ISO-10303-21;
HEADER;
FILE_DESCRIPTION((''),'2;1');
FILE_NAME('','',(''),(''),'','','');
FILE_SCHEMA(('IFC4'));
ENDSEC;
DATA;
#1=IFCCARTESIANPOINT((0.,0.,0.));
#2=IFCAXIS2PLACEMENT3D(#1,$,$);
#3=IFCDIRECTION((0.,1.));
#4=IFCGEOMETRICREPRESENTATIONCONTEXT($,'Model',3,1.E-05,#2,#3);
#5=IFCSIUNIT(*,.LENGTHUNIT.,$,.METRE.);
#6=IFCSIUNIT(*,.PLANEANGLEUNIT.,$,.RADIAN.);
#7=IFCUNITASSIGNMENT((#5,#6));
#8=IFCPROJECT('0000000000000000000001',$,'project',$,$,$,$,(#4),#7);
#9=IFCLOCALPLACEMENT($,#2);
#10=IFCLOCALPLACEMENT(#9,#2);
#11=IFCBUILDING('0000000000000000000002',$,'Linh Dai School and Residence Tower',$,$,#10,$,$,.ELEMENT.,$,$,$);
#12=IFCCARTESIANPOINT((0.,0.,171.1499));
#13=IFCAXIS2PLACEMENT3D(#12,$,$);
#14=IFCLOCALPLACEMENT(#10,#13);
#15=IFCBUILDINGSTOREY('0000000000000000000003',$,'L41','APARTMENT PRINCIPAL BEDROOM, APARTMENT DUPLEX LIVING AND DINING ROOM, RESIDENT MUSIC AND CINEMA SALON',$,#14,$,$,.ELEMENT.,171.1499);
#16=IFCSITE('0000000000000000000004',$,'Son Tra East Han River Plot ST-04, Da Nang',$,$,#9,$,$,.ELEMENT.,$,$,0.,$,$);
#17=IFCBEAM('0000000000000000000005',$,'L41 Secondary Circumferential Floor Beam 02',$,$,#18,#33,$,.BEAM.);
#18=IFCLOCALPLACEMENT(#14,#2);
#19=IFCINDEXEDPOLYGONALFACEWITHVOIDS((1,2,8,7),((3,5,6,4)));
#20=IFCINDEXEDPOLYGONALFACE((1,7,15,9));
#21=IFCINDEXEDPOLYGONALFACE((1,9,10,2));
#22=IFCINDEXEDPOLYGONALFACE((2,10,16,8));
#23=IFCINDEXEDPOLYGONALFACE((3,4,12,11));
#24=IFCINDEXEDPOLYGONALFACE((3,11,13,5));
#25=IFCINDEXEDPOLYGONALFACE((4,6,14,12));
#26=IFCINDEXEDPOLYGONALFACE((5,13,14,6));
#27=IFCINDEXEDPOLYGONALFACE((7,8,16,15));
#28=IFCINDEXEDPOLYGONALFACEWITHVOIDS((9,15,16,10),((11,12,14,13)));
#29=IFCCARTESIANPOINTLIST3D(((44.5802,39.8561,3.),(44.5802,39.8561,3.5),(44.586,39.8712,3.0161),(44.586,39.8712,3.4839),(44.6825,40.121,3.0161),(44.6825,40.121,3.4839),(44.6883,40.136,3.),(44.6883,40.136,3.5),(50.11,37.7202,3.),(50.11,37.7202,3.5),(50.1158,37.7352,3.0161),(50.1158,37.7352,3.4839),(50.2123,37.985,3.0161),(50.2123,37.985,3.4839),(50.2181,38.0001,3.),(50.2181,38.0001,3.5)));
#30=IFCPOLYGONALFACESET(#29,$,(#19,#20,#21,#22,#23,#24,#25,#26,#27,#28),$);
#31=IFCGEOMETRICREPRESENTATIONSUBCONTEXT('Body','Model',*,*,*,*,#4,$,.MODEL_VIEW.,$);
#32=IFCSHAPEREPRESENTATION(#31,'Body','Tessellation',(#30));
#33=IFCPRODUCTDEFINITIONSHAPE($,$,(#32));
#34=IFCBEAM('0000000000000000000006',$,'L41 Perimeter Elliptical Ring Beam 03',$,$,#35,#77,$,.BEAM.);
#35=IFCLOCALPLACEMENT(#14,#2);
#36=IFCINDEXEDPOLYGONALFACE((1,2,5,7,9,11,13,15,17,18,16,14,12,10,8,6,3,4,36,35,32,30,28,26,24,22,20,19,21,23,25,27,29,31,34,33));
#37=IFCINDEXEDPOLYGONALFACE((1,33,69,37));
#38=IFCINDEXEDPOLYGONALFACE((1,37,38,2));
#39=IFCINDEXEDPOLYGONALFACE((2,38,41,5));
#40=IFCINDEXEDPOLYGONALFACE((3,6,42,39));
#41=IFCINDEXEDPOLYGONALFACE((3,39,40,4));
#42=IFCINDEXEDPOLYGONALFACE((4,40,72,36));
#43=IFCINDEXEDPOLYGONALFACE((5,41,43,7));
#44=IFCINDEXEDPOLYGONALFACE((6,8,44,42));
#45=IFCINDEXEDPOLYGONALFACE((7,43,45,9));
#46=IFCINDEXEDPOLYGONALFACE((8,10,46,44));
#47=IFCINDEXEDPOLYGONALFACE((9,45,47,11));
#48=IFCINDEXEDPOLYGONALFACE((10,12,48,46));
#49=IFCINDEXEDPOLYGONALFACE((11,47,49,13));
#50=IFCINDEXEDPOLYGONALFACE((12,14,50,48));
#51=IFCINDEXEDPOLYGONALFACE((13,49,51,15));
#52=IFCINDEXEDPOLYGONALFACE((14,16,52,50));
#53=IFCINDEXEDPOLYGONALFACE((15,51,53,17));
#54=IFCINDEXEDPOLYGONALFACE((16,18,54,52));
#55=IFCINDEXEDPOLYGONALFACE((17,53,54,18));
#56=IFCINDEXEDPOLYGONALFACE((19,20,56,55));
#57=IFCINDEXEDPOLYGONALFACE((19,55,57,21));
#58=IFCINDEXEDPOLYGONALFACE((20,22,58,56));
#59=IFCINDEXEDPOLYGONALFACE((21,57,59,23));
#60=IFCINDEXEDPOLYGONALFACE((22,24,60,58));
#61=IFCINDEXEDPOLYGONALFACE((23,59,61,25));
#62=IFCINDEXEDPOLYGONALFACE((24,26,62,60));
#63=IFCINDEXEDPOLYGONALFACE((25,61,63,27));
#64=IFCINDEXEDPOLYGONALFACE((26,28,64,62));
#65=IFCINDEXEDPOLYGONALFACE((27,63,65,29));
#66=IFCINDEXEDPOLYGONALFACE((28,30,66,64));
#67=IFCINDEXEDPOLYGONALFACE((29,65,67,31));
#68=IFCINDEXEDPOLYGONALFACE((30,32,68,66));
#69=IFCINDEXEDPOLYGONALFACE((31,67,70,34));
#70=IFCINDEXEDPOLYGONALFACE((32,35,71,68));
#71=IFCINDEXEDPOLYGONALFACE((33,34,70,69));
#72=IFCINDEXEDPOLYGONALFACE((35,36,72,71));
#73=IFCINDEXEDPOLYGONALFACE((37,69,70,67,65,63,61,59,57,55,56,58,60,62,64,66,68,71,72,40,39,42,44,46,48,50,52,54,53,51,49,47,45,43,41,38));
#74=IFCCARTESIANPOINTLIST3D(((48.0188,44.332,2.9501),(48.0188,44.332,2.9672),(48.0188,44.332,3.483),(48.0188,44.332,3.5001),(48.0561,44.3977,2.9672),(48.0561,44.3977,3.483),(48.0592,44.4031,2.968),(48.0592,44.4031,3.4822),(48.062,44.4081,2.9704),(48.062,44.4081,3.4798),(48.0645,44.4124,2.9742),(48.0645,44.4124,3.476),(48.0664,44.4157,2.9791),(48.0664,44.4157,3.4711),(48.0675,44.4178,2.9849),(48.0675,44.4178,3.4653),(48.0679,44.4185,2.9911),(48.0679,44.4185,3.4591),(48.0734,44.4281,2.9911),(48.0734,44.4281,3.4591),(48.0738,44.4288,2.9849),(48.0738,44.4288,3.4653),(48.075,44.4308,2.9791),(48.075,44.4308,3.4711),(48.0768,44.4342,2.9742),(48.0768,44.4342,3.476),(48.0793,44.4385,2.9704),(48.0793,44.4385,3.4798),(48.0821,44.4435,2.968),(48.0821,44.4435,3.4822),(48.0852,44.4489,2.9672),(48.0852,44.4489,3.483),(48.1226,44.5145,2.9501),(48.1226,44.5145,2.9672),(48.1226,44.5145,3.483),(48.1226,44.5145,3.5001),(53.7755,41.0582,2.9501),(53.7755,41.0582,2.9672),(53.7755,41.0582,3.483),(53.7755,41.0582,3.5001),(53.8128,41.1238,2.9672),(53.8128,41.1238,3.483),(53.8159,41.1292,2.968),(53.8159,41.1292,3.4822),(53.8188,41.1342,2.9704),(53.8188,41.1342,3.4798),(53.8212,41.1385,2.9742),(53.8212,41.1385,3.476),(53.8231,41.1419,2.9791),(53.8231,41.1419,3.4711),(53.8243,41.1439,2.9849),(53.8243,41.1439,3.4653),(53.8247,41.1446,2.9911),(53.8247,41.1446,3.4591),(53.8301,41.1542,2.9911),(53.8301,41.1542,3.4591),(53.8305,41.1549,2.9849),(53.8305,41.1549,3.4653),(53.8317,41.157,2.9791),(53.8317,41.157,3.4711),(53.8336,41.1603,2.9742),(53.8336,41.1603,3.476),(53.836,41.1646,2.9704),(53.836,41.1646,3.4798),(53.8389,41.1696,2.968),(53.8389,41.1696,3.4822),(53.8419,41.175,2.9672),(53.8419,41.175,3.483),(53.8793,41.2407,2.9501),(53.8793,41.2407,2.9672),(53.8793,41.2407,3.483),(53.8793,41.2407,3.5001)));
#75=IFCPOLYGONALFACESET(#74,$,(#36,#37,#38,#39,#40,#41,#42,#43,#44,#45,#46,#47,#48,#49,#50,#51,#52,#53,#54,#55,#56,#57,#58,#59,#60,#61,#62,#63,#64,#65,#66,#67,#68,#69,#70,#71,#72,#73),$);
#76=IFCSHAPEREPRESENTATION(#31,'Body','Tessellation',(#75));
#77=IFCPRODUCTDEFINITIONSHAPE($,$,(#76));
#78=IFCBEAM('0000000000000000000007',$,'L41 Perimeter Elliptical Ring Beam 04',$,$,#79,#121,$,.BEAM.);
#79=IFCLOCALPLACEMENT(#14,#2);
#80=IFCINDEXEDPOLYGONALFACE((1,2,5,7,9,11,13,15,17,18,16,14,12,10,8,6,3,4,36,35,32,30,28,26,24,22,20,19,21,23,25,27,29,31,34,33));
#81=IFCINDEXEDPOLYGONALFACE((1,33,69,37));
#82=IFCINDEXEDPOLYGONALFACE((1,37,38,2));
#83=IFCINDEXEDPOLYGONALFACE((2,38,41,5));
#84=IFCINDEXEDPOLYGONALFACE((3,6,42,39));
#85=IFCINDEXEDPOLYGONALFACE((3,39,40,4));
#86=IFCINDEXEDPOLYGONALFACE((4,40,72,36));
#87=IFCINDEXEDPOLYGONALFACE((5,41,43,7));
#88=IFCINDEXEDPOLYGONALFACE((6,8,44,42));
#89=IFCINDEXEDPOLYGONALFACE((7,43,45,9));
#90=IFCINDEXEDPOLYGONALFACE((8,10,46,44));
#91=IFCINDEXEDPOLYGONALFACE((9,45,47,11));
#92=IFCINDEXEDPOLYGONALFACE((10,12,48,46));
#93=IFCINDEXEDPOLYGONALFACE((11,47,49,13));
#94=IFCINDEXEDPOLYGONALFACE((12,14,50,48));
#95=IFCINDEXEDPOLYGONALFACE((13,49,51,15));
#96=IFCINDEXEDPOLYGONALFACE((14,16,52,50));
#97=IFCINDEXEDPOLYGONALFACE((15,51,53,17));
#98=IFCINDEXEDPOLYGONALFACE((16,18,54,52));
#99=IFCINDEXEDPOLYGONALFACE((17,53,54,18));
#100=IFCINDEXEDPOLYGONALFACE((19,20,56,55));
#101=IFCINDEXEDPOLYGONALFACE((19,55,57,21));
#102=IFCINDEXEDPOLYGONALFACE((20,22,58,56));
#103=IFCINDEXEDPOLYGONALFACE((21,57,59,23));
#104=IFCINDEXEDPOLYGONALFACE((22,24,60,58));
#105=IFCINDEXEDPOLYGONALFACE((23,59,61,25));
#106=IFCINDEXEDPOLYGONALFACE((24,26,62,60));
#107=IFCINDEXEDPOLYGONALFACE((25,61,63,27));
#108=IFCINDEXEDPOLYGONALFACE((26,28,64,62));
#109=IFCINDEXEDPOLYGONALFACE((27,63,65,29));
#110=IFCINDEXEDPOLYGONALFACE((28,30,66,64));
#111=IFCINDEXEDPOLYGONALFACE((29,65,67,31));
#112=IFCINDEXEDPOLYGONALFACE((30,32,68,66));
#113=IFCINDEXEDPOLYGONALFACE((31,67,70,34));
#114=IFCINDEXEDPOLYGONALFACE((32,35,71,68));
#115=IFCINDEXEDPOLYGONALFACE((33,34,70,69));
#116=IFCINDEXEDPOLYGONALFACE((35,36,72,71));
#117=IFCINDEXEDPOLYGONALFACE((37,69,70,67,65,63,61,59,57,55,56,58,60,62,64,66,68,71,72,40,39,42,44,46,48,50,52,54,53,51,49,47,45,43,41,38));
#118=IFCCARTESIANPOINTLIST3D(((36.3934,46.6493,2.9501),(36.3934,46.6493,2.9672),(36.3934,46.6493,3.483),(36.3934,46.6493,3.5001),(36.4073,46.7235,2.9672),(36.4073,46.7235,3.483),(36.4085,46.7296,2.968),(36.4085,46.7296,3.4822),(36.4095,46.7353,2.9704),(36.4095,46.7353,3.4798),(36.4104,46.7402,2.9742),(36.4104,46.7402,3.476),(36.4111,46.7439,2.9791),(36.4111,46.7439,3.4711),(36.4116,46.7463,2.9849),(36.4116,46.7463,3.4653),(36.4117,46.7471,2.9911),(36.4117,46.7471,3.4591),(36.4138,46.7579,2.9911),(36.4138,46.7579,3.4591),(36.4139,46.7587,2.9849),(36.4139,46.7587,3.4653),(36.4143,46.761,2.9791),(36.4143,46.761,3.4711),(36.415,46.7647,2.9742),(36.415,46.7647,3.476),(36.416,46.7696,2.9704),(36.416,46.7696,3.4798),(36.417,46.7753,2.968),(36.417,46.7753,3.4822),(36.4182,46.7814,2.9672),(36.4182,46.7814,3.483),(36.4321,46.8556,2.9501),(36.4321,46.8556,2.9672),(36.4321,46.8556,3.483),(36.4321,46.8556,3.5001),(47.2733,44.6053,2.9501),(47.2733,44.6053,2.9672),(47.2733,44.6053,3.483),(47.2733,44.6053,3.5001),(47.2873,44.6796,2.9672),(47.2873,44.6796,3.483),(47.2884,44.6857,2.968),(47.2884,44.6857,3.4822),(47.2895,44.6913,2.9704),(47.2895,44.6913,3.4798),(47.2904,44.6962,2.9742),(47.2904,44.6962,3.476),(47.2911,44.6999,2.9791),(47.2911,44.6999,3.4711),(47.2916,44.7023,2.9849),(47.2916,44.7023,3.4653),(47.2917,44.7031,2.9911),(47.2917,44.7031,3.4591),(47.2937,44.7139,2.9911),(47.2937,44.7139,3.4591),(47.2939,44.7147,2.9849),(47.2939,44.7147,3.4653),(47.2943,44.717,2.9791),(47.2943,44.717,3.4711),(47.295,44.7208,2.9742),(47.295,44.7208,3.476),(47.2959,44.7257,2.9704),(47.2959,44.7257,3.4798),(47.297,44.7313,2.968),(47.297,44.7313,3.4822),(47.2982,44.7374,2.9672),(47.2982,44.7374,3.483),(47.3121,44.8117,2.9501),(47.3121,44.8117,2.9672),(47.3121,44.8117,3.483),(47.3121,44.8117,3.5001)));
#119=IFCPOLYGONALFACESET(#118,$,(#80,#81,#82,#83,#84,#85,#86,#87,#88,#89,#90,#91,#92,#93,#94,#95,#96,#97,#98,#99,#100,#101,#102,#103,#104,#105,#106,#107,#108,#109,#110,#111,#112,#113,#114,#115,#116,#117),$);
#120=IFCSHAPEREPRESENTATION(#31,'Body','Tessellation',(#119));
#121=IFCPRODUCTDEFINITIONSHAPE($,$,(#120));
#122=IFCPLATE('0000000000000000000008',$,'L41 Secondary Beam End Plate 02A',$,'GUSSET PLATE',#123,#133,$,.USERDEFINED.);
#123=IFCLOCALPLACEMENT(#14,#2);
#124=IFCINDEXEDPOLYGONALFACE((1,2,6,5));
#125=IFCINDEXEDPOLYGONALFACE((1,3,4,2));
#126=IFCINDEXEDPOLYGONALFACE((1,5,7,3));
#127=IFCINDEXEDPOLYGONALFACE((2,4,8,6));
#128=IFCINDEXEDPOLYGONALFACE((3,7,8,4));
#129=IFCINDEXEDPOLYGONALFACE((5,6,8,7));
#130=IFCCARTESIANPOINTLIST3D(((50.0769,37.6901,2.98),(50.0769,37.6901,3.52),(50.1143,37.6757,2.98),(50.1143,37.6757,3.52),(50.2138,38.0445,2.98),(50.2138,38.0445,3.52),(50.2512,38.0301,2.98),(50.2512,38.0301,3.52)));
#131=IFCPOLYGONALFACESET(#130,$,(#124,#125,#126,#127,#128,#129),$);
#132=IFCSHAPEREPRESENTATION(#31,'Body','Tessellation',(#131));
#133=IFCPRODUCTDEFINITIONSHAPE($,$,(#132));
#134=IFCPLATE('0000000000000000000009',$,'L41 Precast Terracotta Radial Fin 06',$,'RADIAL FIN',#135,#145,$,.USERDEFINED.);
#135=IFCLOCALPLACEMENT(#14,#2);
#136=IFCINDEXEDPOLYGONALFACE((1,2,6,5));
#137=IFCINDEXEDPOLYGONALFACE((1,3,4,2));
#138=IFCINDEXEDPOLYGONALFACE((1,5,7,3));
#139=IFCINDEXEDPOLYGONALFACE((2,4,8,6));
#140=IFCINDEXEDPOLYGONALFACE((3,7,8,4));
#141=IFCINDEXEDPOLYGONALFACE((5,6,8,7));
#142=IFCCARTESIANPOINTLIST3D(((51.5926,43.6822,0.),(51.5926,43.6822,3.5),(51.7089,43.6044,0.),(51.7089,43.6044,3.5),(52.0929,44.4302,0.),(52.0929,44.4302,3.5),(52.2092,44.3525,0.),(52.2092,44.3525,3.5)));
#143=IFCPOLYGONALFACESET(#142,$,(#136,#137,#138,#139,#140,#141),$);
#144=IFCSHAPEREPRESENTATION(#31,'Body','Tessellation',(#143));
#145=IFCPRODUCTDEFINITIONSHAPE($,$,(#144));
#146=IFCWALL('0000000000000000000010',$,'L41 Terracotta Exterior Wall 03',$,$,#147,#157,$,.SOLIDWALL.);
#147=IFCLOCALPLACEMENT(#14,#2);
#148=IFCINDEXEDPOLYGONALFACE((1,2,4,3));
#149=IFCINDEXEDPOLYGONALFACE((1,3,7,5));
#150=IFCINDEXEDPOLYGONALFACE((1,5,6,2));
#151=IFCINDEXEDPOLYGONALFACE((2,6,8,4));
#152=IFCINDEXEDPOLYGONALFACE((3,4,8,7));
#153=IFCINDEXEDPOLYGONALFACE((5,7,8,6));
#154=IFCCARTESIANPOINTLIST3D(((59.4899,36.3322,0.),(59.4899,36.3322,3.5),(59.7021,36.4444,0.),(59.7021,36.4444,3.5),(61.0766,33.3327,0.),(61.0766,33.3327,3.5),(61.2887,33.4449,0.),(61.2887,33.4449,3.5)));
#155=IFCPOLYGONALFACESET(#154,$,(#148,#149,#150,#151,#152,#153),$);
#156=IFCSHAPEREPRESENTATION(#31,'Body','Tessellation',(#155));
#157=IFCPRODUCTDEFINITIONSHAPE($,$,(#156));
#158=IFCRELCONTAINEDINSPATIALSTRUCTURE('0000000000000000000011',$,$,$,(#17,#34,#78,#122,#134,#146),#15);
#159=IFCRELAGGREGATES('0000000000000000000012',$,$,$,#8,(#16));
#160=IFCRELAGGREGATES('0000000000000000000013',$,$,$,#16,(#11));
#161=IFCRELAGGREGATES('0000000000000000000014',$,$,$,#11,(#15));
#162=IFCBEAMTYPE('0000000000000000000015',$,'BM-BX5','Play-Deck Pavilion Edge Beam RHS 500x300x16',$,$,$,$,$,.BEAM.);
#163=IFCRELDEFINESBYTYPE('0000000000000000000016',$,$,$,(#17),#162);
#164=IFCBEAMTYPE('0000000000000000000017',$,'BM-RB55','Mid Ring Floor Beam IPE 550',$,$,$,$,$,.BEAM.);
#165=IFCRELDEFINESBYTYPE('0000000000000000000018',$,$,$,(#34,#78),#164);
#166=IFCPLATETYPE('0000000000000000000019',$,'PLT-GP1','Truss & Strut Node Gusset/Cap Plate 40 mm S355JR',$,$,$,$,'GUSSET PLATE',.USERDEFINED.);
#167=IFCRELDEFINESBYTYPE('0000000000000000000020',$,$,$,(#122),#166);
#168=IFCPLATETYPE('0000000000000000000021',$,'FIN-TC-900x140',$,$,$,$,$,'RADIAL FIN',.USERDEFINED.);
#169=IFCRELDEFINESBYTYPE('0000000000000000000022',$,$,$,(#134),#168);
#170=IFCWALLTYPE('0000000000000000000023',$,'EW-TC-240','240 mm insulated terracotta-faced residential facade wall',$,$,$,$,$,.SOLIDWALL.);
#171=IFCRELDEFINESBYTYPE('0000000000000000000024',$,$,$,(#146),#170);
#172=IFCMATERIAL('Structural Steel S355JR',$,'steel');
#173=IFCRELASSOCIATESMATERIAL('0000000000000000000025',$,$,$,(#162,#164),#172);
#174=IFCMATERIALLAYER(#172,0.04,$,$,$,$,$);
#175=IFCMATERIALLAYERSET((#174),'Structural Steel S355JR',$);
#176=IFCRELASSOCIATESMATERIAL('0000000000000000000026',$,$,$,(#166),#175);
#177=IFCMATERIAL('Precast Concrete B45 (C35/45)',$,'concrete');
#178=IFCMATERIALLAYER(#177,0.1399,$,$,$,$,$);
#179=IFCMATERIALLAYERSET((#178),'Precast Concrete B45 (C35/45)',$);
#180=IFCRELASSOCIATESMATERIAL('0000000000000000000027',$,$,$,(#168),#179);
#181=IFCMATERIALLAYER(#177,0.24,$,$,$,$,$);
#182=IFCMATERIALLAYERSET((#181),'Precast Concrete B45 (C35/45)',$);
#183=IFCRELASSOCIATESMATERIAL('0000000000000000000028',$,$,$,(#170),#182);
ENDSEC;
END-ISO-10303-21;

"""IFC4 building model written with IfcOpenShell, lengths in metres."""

from ifc_helpers import new_model, si_unit, direction, frame, frame_2d, origin, origin_2d, place, context, subcontext, project, spatial, rectangle, hollow_rectangle, i_section, extrude, source, transform, mapped, material, layer, layer_set, material_profile, profile_set, type_object, element, save


model = new_model("IFC4")

# Units and contexts
model_context = context("Model", 3, precision=1e-05, world=origin(), true_north=direction((0.0, 1.0)))
body_context = subcontext(model_context, "Body", "Model", "MODEL_VIEW")
ifc_project = project(units=[si_unit("LENGTHUNIT", "METRE"), si_unit("PLANEANGLEUNIT", "RADIAN")], contexts=[model_context])

# Site, building, storey
site_placement = place(None, origin())
site = spatial("IfcSite", under=ifc_project, at=site_placement, Name="Son Tra East Han River Plot ST-04, Da Nang", CompositionType="ELEMENT", RefElevation=0.0)
building_placement = place(site_placement, origin())
building = spatial("IfcBuilding", under=site, at=building_placement, Name="Linh Dai School and Residence Tower", CompositionType="ELEMENT")
storey_placement = place(building_placement, frame((0.0, 0.0, 171.1499)))
storey = spatial("IfcBuildingStorey", under=building, at=storey_placement, Name="L41", Description="APARTMENT PRINCIPAL BEDROOM, APARTMENT DUPLEX LIVING AND DINING ROOM, RESIDENT MUSIC AND CINEMA SALON", CompositionType="ELEMENT", Elevation=171.1499)

# Shared definitions
ifc_material_1 = material(Name="Structural Steel S355JR", Category="steel")

# Beams
ifc_material_profile_1 = material_profile(ifc_material_1, hollow_rectangle(XDim=0.3, YDim=0.5, WallThickness=0.0161, at=origin_2d()), Name="RHS 500x300x16")
ifc_profile_set_1 = profile_set([ifc_material_profile_1], Name="Structural Steel S355JR")
beam_type_1 = type_object("IfcBeamType", Name="BM-BX5", Description="Play-Deck Pavilion Edge Beam RHS 500x300x16", PredefinedType="BEAM", material=ifc_profile_set_1)
beam_1_placement = place(storey_placement, frame((50.1641, 37.8601, 3.25), z_axis=(-0.932828, 0.360323, 0.0), x_axis=(-0.360323, -0.932828, 0.0)))
element("IfcBeam", 1, at=beam_1_placement, inside=storey, type_object=beam_type_1, Name="L41 Secondary Circumferential Floor Beam 02", PredefinedType="BEAM", context=body_context, shape_type="SweptSolid", body=[
    extrude(hollow_rectangle(XDim=0.3, YDim=0.5, WallThickness=0.0161, at=origin_2d()), origin(), (0.0, 0.0, 1.0), 5.928),
])
ifc_material_profile_2 = material_profile(ifc_material_1, i_section(OverallWidth=0.21, OverallDepth=0.55, WebThickness=0.011, FlangeThickness=0.0171, FilletRadius=0.0239, at=origin_2d()), Name="IPE 550")
ifc_profile_set_2 = profile_set([ifc_material_profile_2], Name="Structural Steel S355JR")
beam_type_2 = type_object("IfcBeamType", Name="BM-RB55", Description="Mid Ring Floor Beam IPE 550", PredefinedType="BEAM", material=ifc_profile_set_2)
beam_2_placement = place(storey_placement, frame((53.8274, 41.1494, 3.2251), z_axis=(-0.869262, 0.494351, 0.0), x_axis=(-0.494351, -0.869262, 0.0)))
element("IfcBeam", 2, at=beam_2_placement, inside=storey, type_object=beam_type_2, Name="L41 Perimeter Elliptical Ring Beam 03", PredefinedType="BEAM", context=body_context, shape_type="SweptSolid", body=[
    extrude(i_section(OverallWidth=0.21, OverallDepth=0.55, WebThickness=0.011, FlangeThickness=0.0171, FilletRadius=0.0239, at=origin_2d()), origin(), (0.0, 0.0, 1.0), 6.6226),
])
beam_3_placement = place(storey_placement, frame((47.2927, 44.7085, 3.2251), z_axis=(-0.982807, 0.184635, 0.0), x_axis=(-0.184635, -0.982807, 0.0)))
element("IfcBeam", 3, at=beam_3_placement, inside=storey, type_object=beam_type_2, Name="L41 Perimeter Elliptical Ring Beam 04", PredefinedType="BEAM", context=body_context, shape_type="SweptSolid", body=[
    extrude(i_section(OverallWidth=0.21, OverallDepth=0.55, WebThickness=0.011, FlangeThickness=0.0171, FilletRadius=0.0239, at=origin_2d()), origin(), (0.0, 0.0, 1.0), 11.0703),
])

# Plates
ifc_layer_1 = layer(ifc_material_1, 0.04)
ifc_layer_set_1 = layer_set([ifc_layer_1], Name="Structural Steel S355JR")
plate_type_1 = type_object("IfcPlateType", Name="PLT-GP1", Description="Truss & Strut Node Gusset/Cap Plate 40 mm S355JR", ElementType="GUSSET PLATE", PredefinedType="USERDEFINED", material=ifc_layer_set_1)
shared_shape_1 = source(origin(), body_context, "Body", "SweptSolid", [
    extrude(rectangle(XDim=0.04, YDim=0.3799, at=origin_2d()), origin(), (0.0, 0.0, 1.0), 0.54),
])
plate_1_placement = place(storey_placement, frame((50.1641, 37.8601, 2.98), z_axis=(0.0, 0.0, 1.0), x_axis=(-0.932823, 0.360335, 0.0)))
element("IfcPlate", 4, at=plate_1_placement, inside=storey, type_object=plate_type_1, Name="L41 Secondary Beam End Plate 02A", ObjectType="GUSSET PLATE", PredefinedType="USERDEFINED", context=body_context, shape_type="MappedRepresentation", body=[
    mapped(shared_shape_1, transform((0.0, 0.0, 0.0), x_axis=(1.0, 0.0, 0.0), y_axis=(0.0, 1.0, 0.0), z_axis=(0.0, 0.0, 1.0), scale=1.0)),
])
ifc_material_2 = material(Name="Precast Concrete B45 (C35/45)", Category="concrete")
ifc_layer_2 = layer(ifc_material_2, 0.1399)
ifc_layer_set_2 = layer_set([ifc_layer_2], Name="Precast Concrete B45 (C35/45)")
plate_type_2 = type_object("IfcPlateType", Name="FIN-TC-900x140", ElementType="RADIAL FIN", PredefinedType="USERDEFINED", material=ifc_layer_set_2)
shared_shape_2 = source(origin(), body_context, "Body", "SweptSolid", [
    extrude(rectangle(XDim=0.8999, YDim=0.1399, at=origin_2d()), origin(), (0.0, 0.0, 1.0), 3.5),
])
plate_2_placement = place(storey_placement, frame((51.9009, 44.0173, 0.0), z_axis=(0.0, 0.0, 1.0), x_axis=(0.555931, 0.831228, 0.0)))
element("IfcPlate", 5, at=plate_2_placement, inside=storey, type_object=plate_type_2, Name="L41 Precast Terracotta Radial Fin 06", ObjectType="RADIAL FIN", PredefinedType="USERDEFINED", context=body_context, shape_type="MappedRepresentation", body=[
    mapped(shared_shape_2, transform((0.0, 0.0, 0.0), x_axis=(1.0, 0.0, 0.0), y_axis=(0.0, 1.0, 0.0), z_axis=(0.0, 0.0, 1.0), scale=1.0)),
])

# Wall
ifc_layer_3 = layer(ifc_material_2, 0.24)
ifc_layer_set_3 = layer_set([ifc_layer_3], Name="Precast Concrete B45 (C35/45)")
wall_type_1 = type_object("IfcWallType", Name="EW-TC-240", Description="240 mm insulated terracotta-faced residential facade wall", PredefinedType="SOLIDWALL", material=ifc_layer_set_3)
wall_1_placement = place(storey_placement, frame((59.5959, 36.3884, 0.0), z_axis=(0.0, 0.0, 1.0), x_axis=(0.467587, -0.883947, 0.0)))
element("IfcWall", 6, at=wall_1_placement, inside=storey, type_object=wall_type_1, Name="L41 Terracotta Exterior Wall 03", PredefinedType="SOLIDWALL", context=body_context, shape_type="SweptSolid", body=[
    extrude(rectangle(XDim=3.3933, YDim=0.24, at=frame_2d((1.6968, 0.0))), origin(), (0.0, 0.0, 1.0), 3.5),
])

save(model, "model.ifc")
